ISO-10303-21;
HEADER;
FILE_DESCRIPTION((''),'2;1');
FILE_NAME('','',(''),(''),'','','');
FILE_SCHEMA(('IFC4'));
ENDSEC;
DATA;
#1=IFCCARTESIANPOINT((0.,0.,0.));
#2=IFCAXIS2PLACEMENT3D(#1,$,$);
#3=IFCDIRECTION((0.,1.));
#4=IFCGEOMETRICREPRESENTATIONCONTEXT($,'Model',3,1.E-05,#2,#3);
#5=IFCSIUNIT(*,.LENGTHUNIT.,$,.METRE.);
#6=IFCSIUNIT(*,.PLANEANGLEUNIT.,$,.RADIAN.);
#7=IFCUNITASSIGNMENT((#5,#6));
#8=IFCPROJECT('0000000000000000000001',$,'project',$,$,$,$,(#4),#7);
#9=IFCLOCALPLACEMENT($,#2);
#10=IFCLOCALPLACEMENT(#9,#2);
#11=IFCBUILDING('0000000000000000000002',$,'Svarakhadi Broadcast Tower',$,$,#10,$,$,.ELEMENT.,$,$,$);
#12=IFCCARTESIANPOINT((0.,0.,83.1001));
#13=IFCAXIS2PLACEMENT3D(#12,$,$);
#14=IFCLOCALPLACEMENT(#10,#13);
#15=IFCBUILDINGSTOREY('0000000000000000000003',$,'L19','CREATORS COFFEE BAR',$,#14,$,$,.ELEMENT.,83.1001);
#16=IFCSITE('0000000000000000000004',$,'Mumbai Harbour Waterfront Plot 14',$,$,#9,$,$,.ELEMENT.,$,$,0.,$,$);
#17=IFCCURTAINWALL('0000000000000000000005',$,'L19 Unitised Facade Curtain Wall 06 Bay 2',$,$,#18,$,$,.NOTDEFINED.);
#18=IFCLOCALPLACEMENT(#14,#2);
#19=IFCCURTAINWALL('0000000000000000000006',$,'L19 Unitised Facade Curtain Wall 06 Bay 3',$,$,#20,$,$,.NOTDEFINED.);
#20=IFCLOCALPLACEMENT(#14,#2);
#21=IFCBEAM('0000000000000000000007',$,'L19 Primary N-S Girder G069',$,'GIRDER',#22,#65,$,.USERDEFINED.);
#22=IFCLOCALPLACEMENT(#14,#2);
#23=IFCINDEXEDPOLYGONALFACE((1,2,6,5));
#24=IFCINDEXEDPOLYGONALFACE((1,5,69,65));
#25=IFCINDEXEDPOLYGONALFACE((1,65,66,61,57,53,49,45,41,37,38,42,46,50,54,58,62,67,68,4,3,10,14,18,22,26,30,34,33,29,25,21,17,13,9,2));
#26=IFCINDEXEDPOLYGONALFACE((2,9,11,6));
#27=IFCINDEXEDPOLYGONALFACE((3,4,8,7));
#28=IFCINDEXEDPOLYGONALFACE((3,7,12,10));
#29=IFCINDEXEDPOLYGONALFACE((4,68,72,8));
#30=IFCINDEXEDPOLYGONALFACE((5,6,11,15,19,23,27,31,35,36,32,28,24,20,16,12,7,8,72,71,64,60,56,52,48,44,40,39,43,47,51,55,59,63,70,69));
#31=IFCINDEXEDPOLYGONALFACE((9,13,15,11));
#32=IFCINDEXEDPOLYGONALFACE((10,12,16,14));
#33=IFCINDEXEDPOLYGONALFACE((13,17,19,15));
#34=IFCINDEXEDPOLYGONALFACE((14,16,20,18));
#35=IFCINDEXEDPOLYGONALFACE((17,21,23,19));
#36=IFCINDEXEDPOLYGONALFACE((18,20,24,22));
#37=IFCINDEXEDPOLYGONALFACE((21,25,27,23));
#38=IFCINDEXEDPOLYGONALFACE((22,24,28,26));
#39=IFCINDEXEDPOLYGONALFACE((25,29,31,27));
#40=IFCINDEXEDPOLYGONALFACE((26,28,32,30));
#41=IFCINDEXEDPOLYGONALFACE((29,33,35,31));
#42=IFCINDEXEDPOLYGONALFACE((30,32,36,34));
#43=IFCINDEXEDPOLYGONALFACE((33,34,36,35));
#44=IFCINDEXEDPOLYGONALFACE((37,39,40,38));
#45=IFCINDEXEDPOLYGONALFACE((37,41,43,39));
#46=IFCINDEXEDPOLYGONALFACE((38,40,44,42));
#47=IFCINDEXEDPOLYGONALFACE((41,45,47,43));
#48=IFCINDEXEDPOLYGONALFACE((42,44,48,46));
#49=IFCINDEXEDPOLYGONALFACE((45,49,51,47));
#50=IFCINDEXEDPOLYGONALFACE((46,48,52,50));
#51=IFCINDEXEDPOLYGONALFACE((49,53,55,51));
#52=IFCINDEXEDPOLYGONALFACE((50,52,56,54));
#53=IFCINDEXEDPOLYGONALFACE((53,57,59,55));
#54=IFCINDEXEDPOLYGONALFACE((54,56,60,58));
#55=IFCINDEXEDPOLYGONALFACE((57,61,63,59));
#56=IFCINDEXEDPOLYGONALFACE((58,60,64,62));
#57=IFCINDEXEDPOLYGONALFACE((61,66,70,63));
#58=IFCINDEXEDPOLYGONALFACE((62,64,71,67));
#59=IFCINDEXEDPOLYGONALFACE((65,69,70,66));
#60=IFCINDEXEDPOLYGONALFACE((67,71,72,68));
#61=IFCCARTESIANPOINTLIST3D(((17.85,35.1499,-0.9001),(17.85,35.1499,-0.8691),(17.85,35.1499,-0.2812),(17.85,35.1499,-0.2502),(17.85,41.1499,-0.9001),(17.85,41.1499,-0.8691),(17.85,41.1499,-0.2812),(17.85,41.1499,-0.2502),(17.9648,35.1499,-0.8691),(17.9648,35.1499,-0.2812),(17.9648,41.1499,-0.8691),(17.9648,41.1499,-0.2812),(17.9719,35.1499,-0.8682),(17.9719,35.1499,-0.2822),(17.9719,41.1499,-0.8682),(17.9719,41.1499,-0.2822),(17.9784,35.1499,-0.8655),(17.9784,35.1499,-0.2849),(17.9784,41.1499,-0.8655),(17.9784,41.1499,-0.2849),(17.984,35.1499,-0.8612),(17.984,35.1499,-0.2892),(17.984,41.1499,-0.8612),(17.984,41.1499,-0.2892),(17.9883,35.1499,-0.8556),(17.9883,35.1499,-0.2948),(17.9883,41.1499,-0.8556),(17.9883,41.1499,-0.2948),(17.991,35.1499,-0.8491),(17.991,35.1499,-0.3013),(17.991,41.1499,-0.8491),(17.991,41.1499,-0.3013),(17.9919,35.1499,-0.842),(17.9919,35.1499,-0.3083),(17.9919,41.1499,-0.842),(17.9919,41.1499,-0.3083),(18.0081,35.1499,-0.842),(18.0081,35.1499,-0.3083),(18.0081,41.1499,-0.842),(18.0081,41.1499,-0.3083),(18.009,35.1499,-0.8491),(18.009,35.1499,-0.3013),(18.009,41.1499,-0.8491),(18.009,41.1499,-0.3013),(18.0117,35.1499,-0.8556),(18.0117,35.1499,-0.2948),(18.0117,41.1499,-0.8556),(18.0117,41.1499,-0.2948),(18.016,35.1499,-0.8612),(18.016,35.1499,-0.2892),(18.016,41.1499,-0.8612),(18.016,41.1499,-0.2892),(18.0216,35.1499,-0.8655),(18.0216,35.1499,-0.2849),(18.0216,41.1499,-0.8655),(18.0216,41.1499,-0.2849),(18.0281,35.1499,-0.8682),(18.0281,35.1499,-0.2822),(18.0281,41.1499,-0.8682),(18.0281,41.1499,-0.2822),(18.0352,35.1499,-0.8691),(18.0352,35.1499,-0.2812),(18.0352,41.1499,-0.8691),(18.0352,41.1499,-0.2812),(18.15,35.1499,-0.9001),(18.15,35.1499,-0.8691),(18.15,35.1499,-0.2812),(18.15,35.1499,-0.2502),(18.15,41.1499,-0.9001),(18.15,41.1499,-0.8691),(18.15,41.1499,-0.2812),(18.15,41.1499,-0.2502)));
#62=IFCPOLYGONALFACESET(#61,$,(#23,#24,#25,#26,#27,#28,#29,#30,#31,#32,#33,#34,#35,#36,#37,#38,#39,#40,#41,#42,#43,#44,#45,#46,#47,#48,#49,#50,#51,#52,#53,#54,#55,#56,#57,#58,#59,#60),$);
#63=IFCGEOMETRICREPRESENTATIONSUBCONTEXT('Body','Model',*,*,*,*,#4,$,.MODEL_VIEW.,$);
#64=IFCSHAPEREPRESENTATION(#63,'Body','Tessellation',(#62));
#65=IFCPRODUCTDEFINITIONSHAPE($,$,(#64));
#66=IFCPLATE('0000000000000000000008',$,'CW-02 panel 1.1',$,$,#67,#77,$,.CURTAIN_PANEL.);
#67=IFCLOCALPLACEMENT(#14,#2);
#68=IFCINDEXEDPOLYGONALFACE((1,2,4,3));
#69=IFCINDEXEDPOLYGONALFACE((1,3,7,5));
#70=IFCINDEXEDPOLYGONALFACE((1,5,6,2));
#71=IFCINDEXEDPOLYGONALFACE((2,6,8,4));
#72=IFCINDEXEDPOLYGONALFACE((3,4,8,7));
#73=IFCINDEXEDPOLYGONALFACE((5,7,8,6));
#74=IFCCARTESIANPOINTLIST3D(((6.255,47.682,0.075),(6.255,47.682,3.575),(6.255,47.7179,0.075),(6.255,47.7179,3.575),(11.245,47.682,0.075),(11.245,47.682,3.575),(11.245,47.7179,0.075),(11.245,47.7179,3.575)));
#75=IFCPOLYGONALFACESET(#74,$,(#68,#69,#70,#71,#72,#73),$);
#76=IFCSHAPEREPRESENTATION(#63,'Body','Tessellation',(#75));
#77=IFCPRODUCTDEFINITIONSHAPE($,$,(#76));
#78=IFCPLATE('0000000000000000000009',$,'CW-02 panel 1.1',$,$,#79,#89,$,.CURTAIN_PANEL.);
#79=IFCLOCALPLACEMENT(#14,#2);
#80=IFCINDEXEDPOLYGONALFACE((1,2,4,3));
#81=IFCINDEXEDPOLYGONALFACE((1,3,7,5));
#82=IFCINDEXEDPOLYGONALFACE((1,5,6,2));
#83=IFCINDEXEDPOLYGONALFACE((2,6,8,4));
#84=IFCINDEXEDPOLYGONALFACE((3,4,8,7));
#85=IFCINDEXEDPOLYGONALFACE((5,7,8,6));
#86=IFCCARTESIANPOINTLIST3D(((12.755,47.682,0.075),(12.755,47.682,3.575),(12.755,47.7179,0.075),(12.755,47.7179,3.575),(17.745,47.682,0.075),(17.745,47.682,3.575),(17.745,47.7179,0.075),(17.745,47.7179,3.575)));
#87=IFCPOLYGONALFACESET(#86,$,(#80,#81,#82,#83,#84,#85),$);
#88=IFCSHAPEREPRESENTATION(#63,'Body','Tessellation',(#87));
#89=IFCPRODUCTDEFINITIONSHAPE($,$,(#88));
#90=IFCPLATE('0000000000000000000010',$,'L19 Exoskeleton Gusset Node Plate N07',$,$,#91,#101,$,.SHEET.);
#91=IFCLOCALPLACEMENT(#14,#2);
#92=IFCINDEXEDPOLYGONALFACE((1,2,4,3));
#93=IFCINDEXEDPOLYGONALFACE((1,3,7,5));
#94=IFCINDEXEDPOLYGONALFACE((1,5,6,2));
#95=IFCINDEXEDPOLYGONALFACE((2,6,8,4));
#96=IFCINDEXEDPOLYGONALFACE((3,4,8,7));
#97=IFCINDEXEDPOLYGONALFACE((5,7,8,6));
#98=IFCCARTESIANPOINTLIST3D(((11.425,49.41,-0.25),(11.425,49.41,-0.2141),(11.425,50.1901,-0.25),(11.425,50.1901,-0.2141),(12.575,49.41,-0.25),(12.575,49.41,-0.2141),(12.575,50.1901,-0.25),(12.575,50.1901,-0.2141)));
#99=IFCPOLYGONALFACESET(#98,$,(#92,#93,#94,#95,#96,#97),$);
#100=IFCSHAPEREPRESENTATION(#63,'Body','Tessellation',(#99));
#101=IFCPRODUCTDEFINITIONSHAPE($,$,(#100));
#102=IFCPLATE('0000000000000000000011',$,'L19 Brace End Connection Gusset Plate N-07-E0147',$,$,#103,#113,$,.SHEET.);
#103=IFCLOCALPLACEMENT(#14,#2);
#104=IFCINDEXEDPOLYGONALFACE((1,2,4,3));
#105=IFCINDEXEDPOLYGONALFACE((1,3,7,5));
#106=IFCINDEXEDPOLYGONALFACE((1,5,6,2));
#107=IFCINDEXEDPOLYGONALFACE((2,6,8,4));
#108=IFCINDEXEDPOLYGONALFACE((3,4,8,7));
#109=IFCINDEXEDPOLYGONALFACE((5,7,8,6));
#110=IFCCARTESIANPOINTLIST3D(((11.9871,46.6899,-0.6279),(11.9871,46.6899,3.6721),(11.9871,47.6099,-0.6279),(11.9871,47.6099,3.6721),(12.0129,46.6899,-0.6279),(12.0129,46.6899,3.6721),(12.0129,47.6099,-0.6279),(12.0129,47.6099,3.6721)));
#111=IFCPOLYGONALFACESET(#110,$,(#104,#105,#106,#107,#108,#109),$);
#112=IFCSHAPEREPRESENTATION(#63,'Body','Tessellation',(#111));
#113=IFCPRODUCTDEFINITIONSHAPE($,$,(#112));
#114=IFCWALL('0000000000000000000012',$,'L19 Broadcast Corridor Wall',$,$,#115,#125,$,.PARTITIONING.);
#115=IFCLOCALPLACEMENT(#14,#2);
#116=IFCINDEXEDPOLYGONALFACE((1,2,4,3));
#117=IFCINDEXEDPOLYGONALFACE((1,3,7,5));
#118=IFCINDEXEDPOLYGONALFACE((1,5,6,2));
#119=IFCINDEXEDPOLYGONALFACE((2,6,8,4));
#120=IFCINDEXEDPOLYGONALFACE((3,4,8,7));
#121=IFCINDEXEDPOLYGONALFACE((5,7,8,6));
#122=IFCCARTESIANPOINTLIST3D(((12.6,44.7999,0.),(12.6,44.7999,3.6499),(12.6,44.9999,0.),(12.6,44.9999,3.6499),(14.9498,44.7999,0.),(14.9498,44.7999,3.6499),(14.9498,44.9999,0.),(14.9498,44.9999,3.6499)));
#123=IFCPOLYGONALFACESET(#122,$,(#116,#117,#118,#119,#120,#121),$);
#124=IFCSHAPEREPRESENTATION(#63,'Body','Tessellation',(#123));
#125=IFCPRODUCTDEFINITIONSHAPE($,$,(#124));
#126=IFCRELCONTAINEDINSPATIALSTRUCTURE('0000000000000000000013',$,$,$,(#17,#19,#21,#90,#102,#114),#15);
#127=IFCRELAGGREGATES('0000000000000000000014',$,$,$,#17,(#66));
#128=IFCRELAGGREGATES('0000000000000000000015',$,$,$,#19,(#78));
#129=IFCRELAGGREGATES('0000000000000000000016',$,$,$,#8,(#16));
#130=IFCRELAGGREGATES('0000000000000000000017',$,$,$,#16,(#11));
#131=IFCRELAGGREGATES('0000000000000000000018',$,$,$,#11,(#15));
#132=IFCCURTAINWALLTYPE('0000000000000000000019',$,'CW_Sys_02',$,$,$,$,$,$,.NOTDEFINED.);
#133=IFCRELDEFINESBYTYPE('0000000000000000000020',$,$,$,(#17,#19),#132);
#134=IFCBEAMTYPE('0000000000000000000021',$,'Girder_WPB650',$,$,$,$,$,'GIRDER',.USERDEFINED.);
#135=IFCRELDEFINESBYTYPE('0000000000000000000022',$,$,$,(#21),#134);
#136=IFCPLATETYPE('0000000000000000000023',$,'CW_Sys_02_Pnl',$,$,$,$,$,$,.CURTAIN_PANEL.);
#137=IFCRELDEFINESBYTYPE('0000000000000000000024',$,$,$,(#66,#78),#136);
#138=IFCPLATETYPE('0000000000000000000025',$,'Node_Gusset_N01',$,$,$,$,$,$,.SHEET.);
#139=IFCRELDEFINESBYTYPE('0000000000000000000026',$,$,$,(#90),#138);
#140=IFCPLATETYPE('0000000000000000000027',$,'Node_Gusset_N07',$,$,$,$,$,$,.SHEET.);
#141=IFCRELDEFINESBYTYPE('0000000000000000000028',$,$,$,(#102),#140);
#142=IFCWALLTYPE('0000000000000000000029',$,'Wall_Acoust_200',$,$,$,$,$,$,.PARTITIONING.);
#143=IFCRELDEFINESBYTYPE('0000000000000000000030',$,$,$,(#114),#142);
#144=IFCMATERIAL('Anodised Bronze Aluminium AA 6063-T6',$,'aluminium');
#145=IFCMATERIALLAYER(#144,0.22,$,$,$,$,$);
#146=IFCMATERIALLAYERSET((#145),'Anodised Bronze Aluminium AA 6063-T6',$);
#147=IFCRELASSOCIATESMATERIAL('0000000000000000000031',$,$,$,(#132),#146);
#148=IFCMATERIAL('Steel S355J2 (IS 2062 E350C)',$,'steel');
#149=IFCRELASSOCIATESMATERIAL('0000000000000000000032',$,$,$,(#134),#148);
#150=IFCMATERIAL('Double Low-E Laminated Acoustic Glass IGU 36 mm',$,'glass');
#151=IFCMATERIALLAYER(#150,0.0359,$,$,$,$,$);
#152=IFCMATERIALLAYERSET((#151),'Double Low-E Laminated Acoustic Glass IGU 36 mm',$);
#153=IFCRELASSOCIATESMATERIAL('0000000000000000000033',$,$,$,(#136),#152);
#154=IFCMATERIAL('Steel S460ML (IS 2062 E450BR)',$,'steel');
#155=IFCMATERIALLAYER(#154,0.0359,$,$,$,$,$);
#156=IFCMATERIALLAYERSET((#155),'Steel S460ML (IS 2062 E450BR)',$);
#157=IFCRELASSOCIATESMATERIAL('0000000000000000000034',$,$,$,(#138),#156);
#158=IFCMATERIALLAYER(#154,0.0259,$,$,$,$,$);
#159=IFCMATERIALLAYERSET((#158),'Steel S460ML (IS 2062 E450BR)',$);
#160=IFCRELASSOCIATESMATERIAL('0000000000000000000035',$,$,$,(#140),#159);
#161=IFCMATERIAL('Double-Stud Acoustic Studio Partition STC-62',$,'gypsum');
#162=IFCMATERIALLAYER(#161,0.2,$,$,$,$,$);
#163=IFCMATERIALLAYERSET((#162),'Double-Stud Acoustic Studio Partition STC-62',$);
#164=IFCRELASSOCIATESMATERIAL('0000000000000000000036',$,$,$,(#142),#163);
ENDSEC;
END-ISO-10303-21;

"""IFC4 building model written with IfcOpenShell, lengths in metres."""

from ifc_helpers import new_model, si_unit, direction, frame, frame_2d, origin, origin_2d, place, context, subcontext, project, spatial, rectangle, i_section, extrude, material, layer, layer_set, material_profile, profile_set, type_object, element, aggregate, save


model = new_model("IFC4")

# Units and contexts
model_context = context("Model", 3, precision=1e-05, world=origin(), true_north=direction((0.0, 1.0)))
body_context = subcontext(model_context, "Body", "Model", "MODEL_VIEW")
ifc_project = project(units=[si_unit("LENGTHUNIT", "METRE"), si_unit("PLANEANGLEUNIT", "RADIAN")], contexts=[model_context])

# Site, building, storey
site_placement = place(None, origin())
site = spatial("IfcSite", under=ifc_project, at=site_placement, Name="Mumbai Harbour Waterfront Plot 14", CompositionType="ELEMENT", RefElevation=0.0)
building_placement = place(site_placement, origin())
building = spatial("IfcBuilding", under=site, at=building_placement, Name="Svarakhadi Broadcast Tower", CompositionType="ELEMENT")
storey_placement = place(building_placement, frame((0.0, 0.0, 83.1001)))
storey = spatial("IfcBuildingStorey", under=building, at=storey_placement, Name="L19", Description="CREATORS COFFEE BAR", CompositionType="ELEMENT", Elevation=83.1001)

# Shared definitions
ifc_material_1 = material(Name="Steel S460ML (IS 2062 E450BR)", Category="steel")

# Shared definitions
ifc_material_2 = material(Name="Steel S355J2 (IS 2062 E350C)", Category="steel")

# Curtain walls
ifc_material_3 = material(Name="Anodised Bronze Aluminium AA 6063-T6", Category="aluminium")
ifc_layer_1 = layer(ifc_material_3, 0.22)
ifc_layer_set_1 = layer_set([ifc_layer_1], Name="Anodised Bronze Aluminium AA 6063-T6")
curtain_wall_type = type_object("IfcCurtainWallType", Name="CW_Sys_02", PredefinedType="NOTDEFINED", material=ifc_layer_set_1)
curtain_wall_1_placement = place(storey_placement, origin())
curtain_wall_1 = element("IfcCurtainWall", 1, at=curtain_wall_1_placement, inside=storey, type_object=curtain_wall_type, Name="L19 Unitised Facade Curtain Wall 06 Bay 2", PredefinedType="NOTDEFINED")
curtain_wall_2_placement = place(storey_placement, origin())
curtain_wall_2 = element("IfcCurtainWall", 2, at=curtain_wall_2_placement, inside=storey, type_object=curtain_wall_type, Name="L19 Unitised Facade Curtain Wall 06 Bay 3", PredefinedType="NOTDEFINED")

# Beam
ifc_material_profile_1 = material_profile(ifc_material_2, i_section(OverallWidth=0.3, OverallDepth=0.6499, WebThickness=0.0161, FlangeThickness=0.031, FilletRadius=0.0271, at=origin_2d()), Name="WPB 650x300x225")
ifc_profile_set_1 = profile_set([ifc_material_profile_1], Name="Steel S355J2 (IS 2062 E350C)")
beam_type_1 = type_object("IfcBeamType", Name="Girder_WPB650", ElementType="GIRDER", PredefinedType="USERDEFINED", material=ifc_profile_set_1)
for number, where, z_axis, x_axis, name in (
    (3, (18.0, 35.1499, -0.5752), (0.0, 1.0, 0.0), (-1.0, 0.0, 0.0), "L19 Primary N-S Girder G069"),
):
    element("IfcBeam", number, at=place(storey_placement, frame(where, z_axis=z_axis, x_axis=x_axis)), inside=storey, type_object=beam_type_1, Name=name, ObjectType="GIRDER", PredefinedType="USERDEFINED", context=body_context, shape_type="SweptSolid", body=[
        extrude(i_section(OverallWidth=0.3, OverallDepth=0.6499, WebThickness=0.0161, FlangeThickness=0.031, FilletRadius=0.0271, at=origin_2d()), origin(), (0.0, 0.0, 1.0), 6.0),
    ])

# Plates
ifc_material_4 = material(Name="Double Low-E Laminated Acoustic Glass IGU 36 mm", Category="glass")
ifc_layer_2 = layer(ifc_material_4, 0.0359)
ifc_layer_set_2 = layer_set([ifc_layer_2], Name="Double Low-E Laminated Acoustic Glass IGU 36 mm")
plate_type_1 = type_object("IfcPlateType", Name="CW_Sys_02_Pnl", PredefinedType="CURTAIN_PANEL", material=ifc_layer_set_2)
plate_1_placement = place(storey_placement, frame((8.75, 47.7, 0.075), z_axis=(0.0, 0.0, 1.0), x_axis=(1.0, 0.0, 0.0)))
plate_1 = element("IfcPlate", 4, at=plate_1_placement, type_object=plate_type_1, Name="CW-02 panel 1.1", PredefinedType="CURTAIN_PANEL", context=body_context, shape_type="SweptSolid", body=[
    extrude(rectangle(XDim=4.99, YDim=0.0359, at=origin_2d()), origin(), (0.0, 0.0, 1.0), 3.5),
])
aggregate(curtain_wall_1, [plate_1])
plate_2_placement = place(storey_placement, frame((15.25, 47.7, 0.075), z_axis=(0.0, 0.0, 1.0), x_axis=(1.0, 0.0, 0.0)))
plate_2 = element("IfcPlate", 5, at=plate_2_placement, type_object=plate_type_1, Name="CW-02 panel 1.1", PredefinedType="CURTAIN_PANEL", context=body_context, shape_type="SweptSolid", body=[
    extrude(rectangle(XDim=4.99, YDim=0.0359, at=origin_2d()), origin(), (0.0, 0.0, 1.0), 3.5),
])
aggregate(curtain_wall_2, [plate_2])

# Plates
ifc_layer_3 = layer(ifc_material_1, 0.0359)
ifc_layer_set_3 = layer_set([ifc_layer_3], Name="Steel S460ML (IS 2062 E450BR)")
plate_type_2 = type_object("IfcPlateType", Name="Node_Gusset_N01", PredefinedType="SHEET", material=ifc_layer_set_3)
plate_3_placement = place(storey_placement, frame((12.0, 49.8, -0.25), z_axis=(0.0, 0.0, 1.0), x_axis=(1.0, 0.0, 0.0)))
element("IfcPlate", 6, at=plate_3_placement, inside=storey, type_object=plate_type_2, Name="L19 Exoskeleton Gusset Node Plate N07", PredefinedType="SHEET", context=body_context, shape_type="SweptSolid", body=[
    extrude(rectangle(XDim=1.1499, YDim=0.78, at=origin_2d()), origin(), (0.0, 0.0, 1.0), 0.0359),
])
ifc_layer_4 = layer(ifc_material_1, 0.0259)
ifc_layer_set_4 = layer_set([ifc_layer_4], Name="Steel S460ML (IS 2062 E450BR)")
plate_type_3 = type_object("IfcPlateType", Name="Node_Gusset_N07", PredefinedType="SHEET", material=ifc_layer_set_4)
plate_4_placement = place(storey_placement, frame((12.0, 47.1499, -0.6279), z_axis=(0.0, 0.0, 1.0), x_axis=(0.0, 1.0, 0.0)))
element("IfcPlate", 7, at=plate_4_placement, inside=storey, type_object=plate_type_3, Name="L19 Brace End Connection Gusset Plate N-07-E0147", PredefinedType="SHEET", context=body_context, shape_type="SweptSolid", body=[
    extrude(rectangle(XDim=0.9199, YDim=0.0259, at=origin_2d()), origin(), (0.0, 0.0, 1.0), 4.3),
])

# Wall
ifc_material_5 = material(Name="Double-Stud Acoustic Studio Partition STC-62", Category="gypsum")
ifc_layer_5 = layer(ifc_material_5, 0.2)
ifc_layer_set_5 = layer_set([ifc_layer_5], Name="Double-Stud Acoustic Studio Partition STC-62")
wall_type_1 = type_object("IfcWallType", Name="Wall_Acoust_200", PredefinedType="PARTITIONING", material=ifc_layer_set_5)
wall_1_placement = place(storey_placement, frame((12.6001, 44.8999, 0.0), z_axis=(0.0, 0.0, 1.0), x_axis=(1.0, 0.0, 0.0)))
element("IfcWall", 8, at=wall_1_placement, inside=storey, type_object=wall_type_1, Name="L19 Broadcast Corridor Wall", PredefinedType="PARTITIONING", context=body_context, shape_type="SweptSolid", body=[
    extrude(rectangle(XDim=2.3499, YDim=0.2, at=frame_2d((1.1748, 0.0))), origin(), (0.0, 0.0, 1.0), 3.6499),
])

save(model, "model.ifc")
